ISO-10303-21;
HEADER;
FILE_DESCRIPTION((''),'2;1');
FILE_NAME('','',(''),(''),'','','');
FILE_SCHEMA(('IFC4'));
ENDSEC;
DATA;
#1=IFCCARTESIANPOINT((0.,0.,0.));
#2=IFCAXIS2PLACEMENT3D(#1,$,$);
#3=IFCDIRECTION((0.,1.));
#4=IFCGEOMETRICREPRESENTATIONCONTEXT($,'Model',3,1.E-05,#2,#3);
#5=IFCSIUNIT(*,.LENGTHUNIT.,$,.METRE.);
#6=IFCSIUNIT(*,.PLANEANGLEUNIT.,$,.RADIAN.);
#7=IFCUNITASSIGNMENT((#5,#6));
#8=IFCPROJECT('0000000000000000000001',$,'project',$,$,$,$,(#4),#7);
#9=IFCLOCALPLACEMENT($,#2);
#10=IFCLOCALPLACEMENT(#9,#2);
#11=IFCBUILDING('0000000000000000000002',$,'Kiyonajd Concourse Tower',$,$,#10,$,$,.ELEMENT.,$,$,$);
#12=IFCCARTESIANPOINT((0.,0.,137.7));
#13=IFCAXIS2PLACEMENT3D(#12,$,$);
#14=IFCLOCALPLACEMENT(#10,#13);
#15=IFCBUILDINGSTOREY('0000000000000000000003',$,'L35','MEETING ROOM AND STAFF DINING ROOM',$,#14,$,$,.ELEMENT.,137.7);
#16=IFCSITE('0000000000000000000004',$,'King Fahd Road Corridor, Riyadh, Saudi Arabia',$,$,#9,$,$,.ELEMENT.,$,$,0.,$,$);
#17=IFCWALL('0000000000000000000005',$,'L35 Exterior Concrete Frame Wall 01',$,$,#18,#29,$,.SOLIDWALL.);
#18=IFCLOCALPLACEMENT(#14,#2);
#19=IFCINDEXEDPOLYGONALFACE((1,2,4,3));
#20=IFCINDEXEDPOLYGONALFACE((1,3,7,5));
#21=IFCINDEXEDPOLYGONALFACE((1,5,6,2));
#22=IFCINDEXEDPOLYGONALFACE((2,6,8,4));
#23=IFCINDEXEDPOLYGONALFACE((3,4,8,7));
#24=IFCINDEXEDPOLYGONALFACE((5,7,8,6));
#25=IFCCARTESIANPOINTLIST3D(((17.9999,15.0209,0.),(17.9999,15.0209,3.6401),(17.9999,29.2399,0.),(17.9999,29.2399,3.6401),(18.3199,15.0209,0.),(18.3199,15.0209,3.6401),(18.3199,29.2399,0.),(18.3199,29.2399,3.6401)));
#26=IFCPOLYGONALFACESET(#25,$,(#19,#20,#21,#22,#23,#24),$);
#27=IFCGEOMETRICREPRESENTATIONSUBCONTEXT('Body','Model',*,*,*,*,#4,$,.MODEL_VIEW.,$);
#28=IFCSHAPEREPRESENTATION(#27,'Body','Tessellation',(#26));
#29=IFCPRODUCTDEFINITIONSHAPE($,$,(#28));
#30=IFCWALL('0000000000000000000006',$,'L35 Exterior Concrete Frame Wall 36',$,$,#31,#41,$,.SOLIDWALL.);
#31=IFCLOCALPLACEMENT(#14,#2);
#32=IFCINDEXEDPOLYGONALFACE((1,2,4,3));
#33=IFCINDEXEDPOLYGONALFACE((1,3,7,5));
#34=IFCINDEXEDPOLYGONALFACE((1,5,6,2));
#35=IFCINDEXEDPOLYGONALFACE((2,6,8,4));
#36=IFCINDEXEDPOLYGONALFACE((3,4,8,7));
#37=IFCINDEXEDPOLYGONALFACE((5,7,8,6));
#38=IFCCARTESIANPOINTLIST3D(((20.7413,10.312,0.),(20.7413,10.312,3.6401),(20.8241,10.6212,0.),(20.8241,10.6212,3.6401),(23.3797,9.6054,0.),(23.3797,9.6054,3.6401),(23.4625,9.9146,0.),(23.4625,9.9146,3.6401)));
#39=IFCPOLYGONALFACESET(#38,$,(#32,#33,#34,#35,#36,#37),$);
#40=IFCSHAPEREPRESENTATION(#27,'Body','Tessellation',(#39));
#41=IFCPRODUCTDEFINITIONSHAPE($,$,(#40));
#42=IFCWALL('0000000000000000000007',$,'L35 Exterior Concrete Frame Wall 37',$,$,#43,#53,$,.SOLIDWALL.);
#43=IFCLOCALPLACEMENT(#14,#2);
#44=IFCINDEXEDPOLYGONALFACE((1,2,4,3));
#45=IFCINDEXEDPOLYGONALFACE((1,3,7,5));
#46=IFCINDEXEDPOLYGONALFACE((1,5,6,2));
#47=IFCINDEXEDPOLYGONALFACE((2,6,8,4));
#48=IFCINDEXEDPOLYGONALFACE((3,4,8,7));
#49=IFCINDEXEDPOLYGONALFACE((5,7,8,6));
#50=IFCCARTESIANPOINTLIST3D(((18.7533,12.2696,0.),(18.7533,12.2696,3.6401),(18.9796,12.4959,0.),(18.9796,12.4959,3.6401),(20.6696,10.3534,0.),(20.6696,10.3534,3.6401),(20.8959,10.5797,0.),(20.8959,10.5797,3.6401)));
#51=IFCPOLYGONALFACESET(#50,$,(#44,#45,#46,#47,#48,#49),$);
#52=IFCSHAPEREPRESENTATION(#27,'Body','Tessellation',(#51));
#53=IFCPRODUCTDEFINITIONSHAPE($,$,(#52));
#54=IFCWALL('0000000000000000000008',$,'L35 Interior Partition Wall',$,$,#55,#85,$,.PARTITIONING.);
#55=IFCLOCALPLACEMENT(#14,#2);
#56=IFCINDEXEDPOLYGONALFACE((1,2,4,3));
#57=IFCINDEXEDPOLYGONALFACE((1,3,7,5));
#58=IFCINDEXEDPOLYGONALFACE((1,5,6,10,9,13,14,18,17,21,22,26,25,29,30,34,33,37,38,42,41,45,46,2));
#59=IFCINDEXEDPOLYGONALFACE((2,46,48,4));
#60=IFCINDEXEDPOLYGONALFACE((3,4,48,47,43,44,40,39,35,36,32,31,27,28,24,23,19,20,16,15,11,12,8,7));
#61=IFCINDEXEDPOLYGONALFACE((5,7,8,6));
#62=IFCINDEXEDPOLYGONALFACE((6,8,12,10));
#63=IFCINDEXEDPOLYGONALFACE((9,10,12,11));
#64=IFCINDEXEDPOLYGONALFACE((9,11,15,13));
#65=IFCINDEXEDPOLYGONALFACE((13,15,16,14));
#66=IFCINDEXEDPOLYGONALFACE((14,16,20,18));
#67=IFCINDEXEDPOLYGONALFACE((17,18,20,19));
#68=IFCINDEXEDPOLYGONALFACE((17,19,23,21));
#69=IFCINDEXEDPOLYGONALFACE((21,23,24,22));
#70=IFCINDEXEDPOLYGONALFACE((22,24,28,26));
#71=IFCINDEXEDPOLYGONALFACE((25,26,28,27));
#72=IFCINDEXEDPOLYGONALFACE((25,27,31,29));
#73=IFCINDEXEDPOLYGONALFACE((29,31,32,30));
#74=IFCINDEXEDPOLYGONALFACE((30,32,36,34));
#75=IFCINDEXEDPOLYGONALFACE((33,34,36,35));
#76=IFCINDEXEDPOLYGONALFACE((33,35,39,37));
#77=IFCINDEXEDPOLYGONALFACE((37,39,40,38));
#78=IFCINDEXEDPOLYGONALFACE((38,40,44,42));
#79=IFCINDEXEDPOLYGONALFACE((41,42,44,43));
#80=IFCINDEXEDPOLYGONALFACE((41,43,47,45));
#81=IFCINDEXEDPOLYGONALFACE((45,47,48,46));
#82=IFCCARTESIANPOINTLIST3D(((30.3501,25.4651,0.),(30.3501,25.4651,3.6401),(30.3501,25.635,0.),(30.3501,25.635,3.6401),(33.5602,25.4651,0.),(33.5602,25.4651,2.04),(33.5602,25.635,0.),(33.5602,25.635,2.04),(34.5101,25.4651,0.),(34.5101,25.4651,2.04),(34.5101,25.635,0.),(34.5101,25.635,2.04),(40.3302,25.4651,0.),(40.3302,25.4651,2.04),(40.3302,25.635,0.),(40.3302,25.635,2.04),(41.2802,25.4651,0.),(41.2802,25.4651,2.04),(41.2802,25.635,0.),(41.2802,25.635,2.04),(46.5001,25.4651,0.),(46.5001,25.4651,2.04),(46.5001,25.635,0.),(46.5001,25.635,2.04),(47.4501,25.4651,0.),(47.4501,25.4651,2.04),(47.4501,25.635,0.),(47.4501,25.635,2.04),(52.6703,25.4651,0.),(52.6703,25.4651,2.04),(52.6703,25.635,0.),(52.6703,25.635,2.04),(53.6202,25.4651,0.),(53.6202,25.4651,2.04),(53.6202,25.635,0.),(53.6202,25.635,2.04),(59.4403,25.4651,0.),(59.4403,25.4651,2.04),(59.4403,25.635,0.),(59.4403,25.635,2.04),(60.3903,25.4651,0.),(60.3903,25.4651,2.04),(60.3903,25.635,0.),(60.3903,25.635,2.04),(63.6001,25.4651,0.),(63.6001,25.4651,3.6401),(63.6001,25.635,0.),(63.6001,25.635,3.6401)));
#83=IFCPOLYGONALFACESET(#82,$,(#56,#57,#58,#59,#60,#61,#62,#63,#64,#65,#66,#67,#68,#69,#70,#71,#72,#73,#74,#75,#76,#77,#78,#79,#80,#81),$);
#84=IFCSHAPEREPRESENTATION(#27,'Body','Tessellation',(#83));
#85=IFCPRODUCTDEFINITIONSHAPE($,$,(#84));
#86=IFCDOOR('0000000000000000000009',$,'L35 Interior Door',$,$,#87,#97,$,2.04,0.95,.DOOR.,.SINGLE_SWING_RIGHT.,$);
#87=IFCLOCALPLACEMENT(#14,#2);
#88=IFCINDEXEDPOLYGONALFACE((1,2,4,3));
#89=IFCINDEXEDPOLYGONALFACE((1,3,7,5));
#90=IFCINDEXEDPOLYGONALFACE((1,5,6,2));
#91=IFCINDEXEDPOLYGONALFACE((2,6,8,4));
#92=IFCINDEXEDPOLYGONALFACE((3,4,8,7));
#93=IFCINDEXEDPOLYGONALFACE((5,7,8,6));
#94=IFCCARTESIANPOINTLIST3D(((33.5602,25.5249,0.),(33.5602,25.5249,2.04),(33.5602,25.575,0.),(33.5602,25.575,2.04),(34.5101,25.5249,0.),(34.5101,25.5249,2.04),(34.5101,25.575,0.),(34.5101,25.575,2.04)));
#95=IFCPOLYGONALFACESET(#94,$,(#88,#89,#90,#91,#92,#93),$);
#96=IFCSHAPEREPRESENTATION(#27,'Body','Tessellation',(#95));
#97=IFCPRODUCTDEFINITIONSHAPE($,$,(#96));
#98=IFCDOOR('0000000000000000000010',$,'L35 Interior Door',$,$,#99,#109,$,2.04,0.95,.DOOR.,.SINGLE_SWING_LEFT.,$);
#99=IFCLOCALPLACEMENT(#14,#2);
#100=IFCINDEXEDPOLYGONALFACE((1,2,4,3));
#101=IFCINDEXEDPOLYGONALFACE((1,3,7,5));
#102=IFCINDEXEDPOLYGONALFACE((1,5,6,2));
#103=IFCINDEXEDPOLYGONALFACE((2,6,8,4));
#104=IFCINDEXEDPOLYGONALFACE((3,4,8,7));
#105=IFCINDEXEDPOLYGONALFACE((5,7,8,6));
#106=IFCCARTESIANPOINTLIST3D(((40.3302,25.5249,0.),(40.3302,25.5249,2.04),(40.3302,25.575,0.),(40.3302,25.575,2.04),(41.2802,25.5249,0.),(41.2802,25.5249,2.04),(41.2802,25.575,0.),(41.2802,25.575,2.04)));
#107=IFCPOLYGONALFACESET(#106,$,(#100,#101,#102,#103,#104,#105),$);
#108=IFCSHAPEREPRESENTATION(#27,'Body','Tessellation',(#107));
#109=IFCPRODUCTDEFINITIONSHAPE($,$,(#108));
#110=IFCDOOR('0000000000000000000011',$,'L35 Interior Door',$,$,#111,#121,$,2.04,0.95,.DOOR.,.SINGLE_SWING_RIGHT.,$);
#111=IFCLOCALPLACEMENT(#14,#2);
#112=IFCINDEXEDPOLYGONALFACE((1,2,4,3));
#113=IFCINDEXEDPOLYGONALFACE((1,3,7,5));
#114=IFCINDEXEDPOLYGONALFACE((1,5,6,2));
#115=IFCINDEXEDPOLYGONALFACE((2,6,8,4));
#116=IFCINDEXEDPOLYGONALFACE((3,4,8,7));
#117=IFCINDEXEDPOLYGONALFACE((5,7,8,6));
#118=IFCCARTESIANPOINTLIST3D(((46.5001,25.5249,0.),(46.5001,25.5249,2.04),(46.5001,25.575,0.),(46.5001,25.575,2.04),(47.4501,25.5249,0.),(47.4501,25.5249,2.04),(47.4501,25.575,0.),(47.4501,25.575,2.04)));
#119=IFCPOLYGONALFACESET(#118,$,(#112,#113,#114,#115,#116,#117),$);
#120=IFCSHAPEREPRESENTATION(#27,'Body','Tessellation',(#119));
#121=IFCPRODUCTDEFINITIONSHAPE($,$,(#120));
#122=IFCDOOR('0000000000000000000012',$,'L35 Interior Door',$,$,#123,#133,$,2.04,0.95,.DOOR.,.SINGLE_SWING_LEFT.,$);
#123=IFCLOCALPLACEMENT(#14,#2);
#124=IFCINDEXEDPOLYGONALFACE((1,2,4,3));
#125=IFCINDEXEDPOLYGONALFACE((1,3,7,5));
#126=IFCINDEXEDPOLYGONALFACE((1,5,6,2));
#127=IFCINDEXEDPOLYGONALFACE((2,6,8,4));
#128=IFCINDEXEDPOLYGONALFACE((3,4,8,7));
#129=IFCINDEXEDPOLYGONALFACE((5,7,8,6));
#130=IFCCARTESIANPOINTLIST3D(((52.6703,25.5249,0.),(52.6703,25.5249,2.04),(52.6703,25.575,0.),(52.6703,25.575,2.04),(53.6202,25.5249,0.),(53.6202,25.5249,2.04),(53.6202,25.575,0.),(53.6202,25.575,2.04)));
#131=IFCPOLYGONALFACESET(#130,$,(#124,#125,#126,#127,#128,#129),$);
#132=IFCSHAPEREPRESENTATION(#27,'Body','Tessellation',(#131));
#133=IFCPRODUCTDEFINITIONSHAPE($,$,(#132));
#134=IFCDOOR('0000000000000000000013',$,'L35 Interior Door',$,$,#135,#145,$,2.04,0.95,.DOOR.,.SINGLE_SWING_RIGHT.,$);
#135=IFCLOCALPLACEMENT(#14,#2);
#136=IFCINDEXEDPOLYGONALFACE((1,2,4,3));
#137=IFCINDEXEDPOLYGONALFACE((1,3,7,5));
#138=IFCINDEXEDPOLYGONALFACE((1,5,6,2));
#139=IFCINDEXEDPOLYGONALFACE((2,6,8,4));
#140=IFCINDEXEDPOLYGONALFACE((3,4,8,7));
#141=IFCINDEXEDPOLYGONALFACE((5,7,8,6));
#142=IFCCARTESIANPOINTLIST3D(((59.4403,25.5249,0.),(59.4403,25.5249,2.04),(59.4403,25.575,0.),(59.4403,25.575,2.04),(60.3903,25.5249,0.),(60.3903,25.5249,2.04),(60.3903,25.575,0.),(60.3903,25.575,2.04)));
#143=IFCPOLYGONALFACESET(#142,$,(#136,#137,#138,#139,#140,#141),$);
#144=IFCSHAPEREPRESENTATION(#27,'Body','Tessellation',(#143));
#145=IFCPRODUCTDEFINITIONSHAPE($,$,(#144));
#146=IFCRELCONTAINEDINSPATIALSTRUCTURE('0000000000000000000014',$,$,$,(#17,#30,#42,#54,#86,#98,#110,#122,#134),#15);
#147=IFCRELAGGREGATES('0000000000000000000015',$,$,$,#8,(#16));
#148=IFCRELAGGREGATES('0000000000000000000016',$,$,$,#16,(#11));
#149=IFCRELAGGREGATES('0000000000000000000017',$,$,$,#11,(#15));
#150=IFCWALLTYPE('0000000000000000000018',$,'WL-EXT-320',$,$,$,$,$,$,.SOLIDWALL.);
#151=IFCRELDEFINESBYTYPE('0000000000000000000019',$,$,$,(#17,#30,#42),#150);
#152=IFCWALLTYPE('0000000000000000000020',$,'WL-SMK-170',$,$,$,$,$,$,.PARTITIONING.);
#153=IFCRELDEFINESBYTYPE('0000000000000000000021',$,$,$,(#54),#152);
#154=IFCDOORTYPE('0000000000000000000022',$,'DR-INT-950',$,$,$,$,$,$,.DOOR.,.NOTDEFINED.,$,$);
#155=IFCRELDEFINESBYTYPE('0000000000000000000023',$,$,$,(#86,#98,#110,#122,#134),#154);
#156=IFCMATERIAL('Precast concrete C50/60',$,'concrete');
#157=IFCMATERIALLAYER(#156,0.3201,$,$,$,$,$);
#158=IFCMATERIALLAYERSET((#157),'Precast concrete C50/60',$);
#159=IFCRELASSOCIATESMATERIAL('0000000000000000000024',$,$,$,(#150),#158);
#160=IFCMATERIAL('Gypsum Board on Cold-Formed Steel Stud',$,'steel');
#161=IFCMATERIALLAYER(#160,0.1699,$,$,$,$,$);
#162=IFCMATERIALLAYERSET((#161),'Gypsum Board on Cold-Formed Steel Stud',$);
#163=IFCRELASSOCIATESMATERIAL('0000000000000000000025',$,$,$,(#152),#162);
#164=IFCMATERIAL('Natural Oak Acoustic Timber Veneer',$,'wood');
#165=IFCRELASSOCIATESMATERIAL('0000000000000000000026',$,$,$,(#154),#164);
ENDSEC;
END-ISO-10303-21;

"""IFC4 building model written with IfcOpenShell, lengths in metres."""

from ifc_helpers import new_model, si_unit, direction, frame, frame_2d, origin, place, context, subcontext, project, spatial, rectangle, extrude, material, layer, layer_set, type_object, element, fill, save


model = new_model("IFC4")

# Units and contexts
model_context = context("Model", 3, precision=1e-05, world=origin(), true_north=direction((0.0, 1.0)))
body_context = subcontext(model_context, "Body", "Model", "MODEL_VIEW")
ifc_project = project(units=[si_unit("LENGTHUNIT", "METRE"), si_unit("PLANEANGLEUNIT", "RADIAN")], contexts=[model_context])

# Site, building, storey
site_placement = place(None, origin())
site = spatial("IfcSite", under=ifc_project, at=site_placement, Name="King Fahd Road Corridor, Riyadh, Saudi Arabia", CompositionType="ELEMENT", RefElevation=0.0)
building_placement = place(site_placement, origin())
building = spatial("IfcBuilding", under=site, at=building_placement, Name="Kiyonajd Concourse Tower", CompositionType="ELEMENT")
storey_placement = place(building_placement, frame((0.0, 0.0, 137.7)))
storey = spatial("IfcBuildingStorey", under=building, at=storey_placement, Name="L35", Description="MEETING ROOM AND STAFF DINING ROOM", CompositionType="ELEMENT", Elevation=137.7)

# Shared definitions
ifc_material_1 = material(Name="Precast concrete C50/60", Category="concrete")

# Walls
ifc_layer_1 = layer(ifc_material_1, 0.3201)
ifc_layer_set_1 = layer_set([ifc_layer_1], Name="Precast concrete C50/60")
wall_type_1 = type_object("IfcWallType", Name="WL-EXT-320", PredefinedType="SOLIDWALL", material=ifc_layer_set_1)
wall_1_placement = place(storey_placement, frame((18.1599, 15.021, 0.0), z_axis=(0.0, 0.0, 1.0), x_axis=(0.0, 1.0, 0.0)))
element("IfcWall", 1, at=wall_1_placement, inside=storey, type_object=wall_type_1, Name="L35 Exterior Concrete Frame Wall 01", PredefinedType="SOLIDWALL", context=body_context, shape_type="SweptSolid", body=[
    extrude(rectangle(XDim=14.219, YDim=0.3201, at=frame_2d((7.1094, 0.0))), origin(), (0.0, 0.0, 1.0), 3.6401),
])
wall_2_placement = place(storey_placement, frame((23.4211, 9.76, 0.0), z_axis=(0.0, 0.0, 1.0), x_axis=(-0.965964, 0.258675, 0.0)))
element("IfcWall", 2, at=wall_2_placement, inside=storey, type_object=wall_type_1, Name="L35 Exterior Concrete Frame Wall 36", PredefinedType="SOLIDWALL", context=body_context, shape_type="SweptSolid", body=[
    extrude(rectangle(XDim=2.7314, YDim=0.3201, at=frame_2d((1.3657, 0.0))), origin(), (0.0, 0.0, 1.0), 3.6401),
])
wall_3_placement = place(storey_placement, frame((20.7827, 10.4666, 0.0), z_axis=(0.0, 0.0, 1.0), x_axis=(-0.707107, 0.707107, 0.0)))
element("IfcWall", 3, at=wall_3_placement, inside=storey, type_object=wall_type_1, Name="L35 Exterior Concrete Frame Wall 37", PredefinedType="SOLIDWALL", context=body_context, shape_type="SweptSolid", body=[
    extrude(rectangle(XDim=2.71, YDim=0.3201, at=frame_2d((1.355, 0.0))), origin(), (0.0, 0.0, 1.0), 3.6401),
])

# Wall, openings, doors
ifc_material_2 = material(Name="Gypsum Board on Cold-Formed Steel Stud", Category="steel")
ifc_layer_2 = layer(ifc_material_2, 0.1699)
ifc_layer_set_2 = layer_set([ifc_layer_2], Name="Gypsum Board on Cold-Formed Steel Stud")
wall_type_2 = type_object("IfcWallType", Name="WL-SMK-170", PredefinedType="PARTITIONING", material=ifc_layer_set_2)
wall_4_placement = place(storey_placement, frame((30.3501, 25.55, 0.0), z_axis=(0.0, 0.0, 1.0), x_axis=(1.0, 0.0, 0.0)))
wall_4 = element("IfcWall", 4, at=wall_4_placement, inside=storey, type_object=wall_type_2, Name="L35 Interior Partition Wall", PredefinedType="PARTITIONING", context=body_context, shape_type="SweptSolid", body=[
    extrude(rectangle(XDim=33.25, YDim=0.1699, at=frame_2d((16.625, 0.0))), origin(), (0.0, 0.0, 1.0), 3.6401),
])
opening_1_placement = place(wall_4_placement, frame((3.21, 0.0, 0.0)))
opening_1 = element("IfcOpeningElement", 5, at=opening_1_placement, cuts=wall_4, PredefinedType="OPENING", context=body_context, shape_type="SweptSolid", body=[
    extrude(rectangle(XDim=0.95, YDim=2.04, at=frame_2d((0.4751, 1.02))), frame((0.0, 0.095, 0.0), z_axis=(0.0, -1.0, 0.0), x_axis=(1.0, 0.0, 0.0)), (0.0, 0.0, 1.0), 0.1899),
])
opening_2_placement = place(wall_4_placement, frame((9.98, 0.0, 0.0)))
opening_2 = element("IfcOpeningElement", 6, at=opening_2_placement, cuts=wall_4, PredefinedType="OPENING", context=body_context, shape_type="SweptSolid", body=[
    extrude(rectangle(XDim=0.95, YDim=2.04, at=frame_2d((0.4751, 1.02))), frame((0.0, 0.095, 0.0), z_axis=(0.0, -1.0, 0.0), x_axis=(1.0, 0.0, 0.0)), (0.0, 0.0, 1.0), 0.1899),
])
opening_3_placement = place(wall_4_placement, frame((16.1499, 0.0, 0.0)))
opening_3 = element("IfcOpeningElement", 7, at=opening_3_placement, cuts=wall_4, PredefinedType="OPENING", context=body_context, shape_type="SweptSolid", body=[
    extrude(rectangle(XDim=0.95, YDim=2.04, at=frame_2d((0.4751, 1.02))), frame((0.0, 0.095, 0.0), z_axis=(0.0, -1.0, 0.0), x_axis=(1.0, 0.0, 0.0)), (0.0, 0.0, 1.0), 0.1899),
])
opening_4_placement = place(wall_4_placement, frame((22.3201, 0.0, 0.0)))
opening_4 = element("IfcOpeningElement", 8, at=opening_4_placement, cuts=wall_4, PredefinedType="OPENING", context=body_context, shape_type="SweptSolid", body=[
    extrude(rectangle(XDim=0.95, YDim=2.04, at=frame_2d((0.4751, 1.02))), frame((0.0, 0.095, 0.0), z_axis=(0.0, -1.0, 0.0), x_axis=(1.0, 0.0, 0.0)), (0.0, 0.0, 1.0), 0.1899),
])
opening_5_placement = place(wall_4_placement, frame((29.0901, 0.0, 0.0)))
opening_5 = element("IfcOpeningElement", 9, at=opening_5_placement, cuts=wall_4, PredefinedType="OPENING", context=body_context, shape_type="SweptSolid", body=[
    extrude(rectangle(XDim=0.95, YDim=2.04, at=frame_2d((0.4751, 1.02))), frame((0.0, 0.095, 0.0), z_axis=(0.0, -1.0, 0.0), x_axis=(1.0, 0.0, 0.0)), (0.0, 0.0, 1.0), 0.1899),
])
ifc_material_3 = material(Name="Natural Oak Acoustic Timber Veneer", Category="wood")
door_type = type_object("IfcDoorType", Name="DR-INT-950", OperationType="NOTDEFINED", PredefinedType="DOOR", material=ifc_material_3)
door_1_placement = place(opening_1_placement, origin())
door_1 = element("IfcDoor", 10, at=door_1_placement, inside=storey, type_object=door_type, Name="L35 Interior Door", OperationType="SINGLE_SWING_RIGHT", OverallHeight=2.04, OverallWidth=0.95, PredefinedType="DOOR", context=body_context, shape_type="SweptSolid", body=[
    extrude(rectangle(XDim=0.95, YDim=2.04, at=frame_2d((0.4751, 1.02))), frame((0.0, 0.0249, 0.0), z_axis=(0.0, -1.0, 0.0), x_axis=(1.0, 0.0, 0.0)), (0.0, 0.0, 1.0), 0.05),
])
fill(opening_1, door_1)
door_2_placement = place(opening_2_placement, origin())
door_2 = element("IfcDoor", 11, at=door_2_placement, inside=storey, type_object=door_type, Name="L35 Interior Door", OperationType="SINGLE_SWING_LEFT", OverallHeight=2.04, OverallWidth=0.95, PredefinedType="DOOR", context=body_context, shape_type="SweptSolid", body=[
    extrude(rectangle(XDim=0.95, YDim=2.04, at=frame_2d((0.4751, 1.02))), frame((0.0, 0.0249, 0.0), z_axis=(0.0, -1.0, 0.0), x_axis=(1.0, 0.0, 0.0)), (0.0, 0.0, 1.0), 0.05),
])
fill(opening_2, door_2)
door_3_placement = place(opening_3_placement, origin())
door_3 = element("IfcDoor", 12, at=door_3_placement, inside=storey, type_object=door_type, Name="L35 Interior Door", OperationType="SINGLE_SWING_RIGHT", OverallHeight=2.04, OverallWidth=0.95, PredefinedType="DOOR", context=body_context, shape_type="SweptSolid", body=[
    extrude(rectangle(XDim=0.95, YDim=2.04, at=frame_2d((0.4751, 1.02))), frame((0.0, 0.0249, 0.0), z_axis=(0.0, -1.0, 0.0), x_axis=(1.0, 0.0, 0.0)), (0.0, 0.0, 1.0), 0.05),
])
fill(opening_3, door_3)
door_4_placement = place(opening_4_placement, origin())
door_4 = element("IfcDoor", 13, at=door_4_placement, inside=storey, type_object=door_type, Name="L35 Interior Door", OperationType="SINGLE_SWING_LEFT", OverallHeight=2.04, OverallWidth=0.95, PredefinedType="DOOR", context=body_context, shape_type="SweptSolid", body=[
    extrude(rectangle(XDim=0.95, YDim=2.04, at=frame_2d((0.4751, 1.02))), frame((0.0, 0.0249, 0.0), z_axis=(0.0, -1.0, 0.0), x_axis=(1.0, 0.0, 0.0)), (0.0, 0.0, 1.0), 0.05),
])
fill(opening_4, door_4)
door_5_placement = place(opening_5_placement, origin())
door_5 = element("IfcDoor", 14, at=door_5_placement, inside=storey, type_object=door_type, Name="L35 Interior Door", OperationType="SINGLE_SWING_RIGHT", OverallHeight=2.04, OverallWidth=0.95, PredefinedType="DOOR", context=body_context, shape_type="SweptSolid", body=[
    extrude(rectangle(XDim=0.95, YDim=2.04, at=frame_2d((0.4751, 1.02))), frame((0.0, 0.0249, 0.0), z_axis=(0.0, -1.0, 0.0), x_axis=(1.0, 0.0, 0.0)), (0.0, 0.0, 1.0), 0.05),
])
fill(opening_5, door_5)

save(model, "model.ifc")
